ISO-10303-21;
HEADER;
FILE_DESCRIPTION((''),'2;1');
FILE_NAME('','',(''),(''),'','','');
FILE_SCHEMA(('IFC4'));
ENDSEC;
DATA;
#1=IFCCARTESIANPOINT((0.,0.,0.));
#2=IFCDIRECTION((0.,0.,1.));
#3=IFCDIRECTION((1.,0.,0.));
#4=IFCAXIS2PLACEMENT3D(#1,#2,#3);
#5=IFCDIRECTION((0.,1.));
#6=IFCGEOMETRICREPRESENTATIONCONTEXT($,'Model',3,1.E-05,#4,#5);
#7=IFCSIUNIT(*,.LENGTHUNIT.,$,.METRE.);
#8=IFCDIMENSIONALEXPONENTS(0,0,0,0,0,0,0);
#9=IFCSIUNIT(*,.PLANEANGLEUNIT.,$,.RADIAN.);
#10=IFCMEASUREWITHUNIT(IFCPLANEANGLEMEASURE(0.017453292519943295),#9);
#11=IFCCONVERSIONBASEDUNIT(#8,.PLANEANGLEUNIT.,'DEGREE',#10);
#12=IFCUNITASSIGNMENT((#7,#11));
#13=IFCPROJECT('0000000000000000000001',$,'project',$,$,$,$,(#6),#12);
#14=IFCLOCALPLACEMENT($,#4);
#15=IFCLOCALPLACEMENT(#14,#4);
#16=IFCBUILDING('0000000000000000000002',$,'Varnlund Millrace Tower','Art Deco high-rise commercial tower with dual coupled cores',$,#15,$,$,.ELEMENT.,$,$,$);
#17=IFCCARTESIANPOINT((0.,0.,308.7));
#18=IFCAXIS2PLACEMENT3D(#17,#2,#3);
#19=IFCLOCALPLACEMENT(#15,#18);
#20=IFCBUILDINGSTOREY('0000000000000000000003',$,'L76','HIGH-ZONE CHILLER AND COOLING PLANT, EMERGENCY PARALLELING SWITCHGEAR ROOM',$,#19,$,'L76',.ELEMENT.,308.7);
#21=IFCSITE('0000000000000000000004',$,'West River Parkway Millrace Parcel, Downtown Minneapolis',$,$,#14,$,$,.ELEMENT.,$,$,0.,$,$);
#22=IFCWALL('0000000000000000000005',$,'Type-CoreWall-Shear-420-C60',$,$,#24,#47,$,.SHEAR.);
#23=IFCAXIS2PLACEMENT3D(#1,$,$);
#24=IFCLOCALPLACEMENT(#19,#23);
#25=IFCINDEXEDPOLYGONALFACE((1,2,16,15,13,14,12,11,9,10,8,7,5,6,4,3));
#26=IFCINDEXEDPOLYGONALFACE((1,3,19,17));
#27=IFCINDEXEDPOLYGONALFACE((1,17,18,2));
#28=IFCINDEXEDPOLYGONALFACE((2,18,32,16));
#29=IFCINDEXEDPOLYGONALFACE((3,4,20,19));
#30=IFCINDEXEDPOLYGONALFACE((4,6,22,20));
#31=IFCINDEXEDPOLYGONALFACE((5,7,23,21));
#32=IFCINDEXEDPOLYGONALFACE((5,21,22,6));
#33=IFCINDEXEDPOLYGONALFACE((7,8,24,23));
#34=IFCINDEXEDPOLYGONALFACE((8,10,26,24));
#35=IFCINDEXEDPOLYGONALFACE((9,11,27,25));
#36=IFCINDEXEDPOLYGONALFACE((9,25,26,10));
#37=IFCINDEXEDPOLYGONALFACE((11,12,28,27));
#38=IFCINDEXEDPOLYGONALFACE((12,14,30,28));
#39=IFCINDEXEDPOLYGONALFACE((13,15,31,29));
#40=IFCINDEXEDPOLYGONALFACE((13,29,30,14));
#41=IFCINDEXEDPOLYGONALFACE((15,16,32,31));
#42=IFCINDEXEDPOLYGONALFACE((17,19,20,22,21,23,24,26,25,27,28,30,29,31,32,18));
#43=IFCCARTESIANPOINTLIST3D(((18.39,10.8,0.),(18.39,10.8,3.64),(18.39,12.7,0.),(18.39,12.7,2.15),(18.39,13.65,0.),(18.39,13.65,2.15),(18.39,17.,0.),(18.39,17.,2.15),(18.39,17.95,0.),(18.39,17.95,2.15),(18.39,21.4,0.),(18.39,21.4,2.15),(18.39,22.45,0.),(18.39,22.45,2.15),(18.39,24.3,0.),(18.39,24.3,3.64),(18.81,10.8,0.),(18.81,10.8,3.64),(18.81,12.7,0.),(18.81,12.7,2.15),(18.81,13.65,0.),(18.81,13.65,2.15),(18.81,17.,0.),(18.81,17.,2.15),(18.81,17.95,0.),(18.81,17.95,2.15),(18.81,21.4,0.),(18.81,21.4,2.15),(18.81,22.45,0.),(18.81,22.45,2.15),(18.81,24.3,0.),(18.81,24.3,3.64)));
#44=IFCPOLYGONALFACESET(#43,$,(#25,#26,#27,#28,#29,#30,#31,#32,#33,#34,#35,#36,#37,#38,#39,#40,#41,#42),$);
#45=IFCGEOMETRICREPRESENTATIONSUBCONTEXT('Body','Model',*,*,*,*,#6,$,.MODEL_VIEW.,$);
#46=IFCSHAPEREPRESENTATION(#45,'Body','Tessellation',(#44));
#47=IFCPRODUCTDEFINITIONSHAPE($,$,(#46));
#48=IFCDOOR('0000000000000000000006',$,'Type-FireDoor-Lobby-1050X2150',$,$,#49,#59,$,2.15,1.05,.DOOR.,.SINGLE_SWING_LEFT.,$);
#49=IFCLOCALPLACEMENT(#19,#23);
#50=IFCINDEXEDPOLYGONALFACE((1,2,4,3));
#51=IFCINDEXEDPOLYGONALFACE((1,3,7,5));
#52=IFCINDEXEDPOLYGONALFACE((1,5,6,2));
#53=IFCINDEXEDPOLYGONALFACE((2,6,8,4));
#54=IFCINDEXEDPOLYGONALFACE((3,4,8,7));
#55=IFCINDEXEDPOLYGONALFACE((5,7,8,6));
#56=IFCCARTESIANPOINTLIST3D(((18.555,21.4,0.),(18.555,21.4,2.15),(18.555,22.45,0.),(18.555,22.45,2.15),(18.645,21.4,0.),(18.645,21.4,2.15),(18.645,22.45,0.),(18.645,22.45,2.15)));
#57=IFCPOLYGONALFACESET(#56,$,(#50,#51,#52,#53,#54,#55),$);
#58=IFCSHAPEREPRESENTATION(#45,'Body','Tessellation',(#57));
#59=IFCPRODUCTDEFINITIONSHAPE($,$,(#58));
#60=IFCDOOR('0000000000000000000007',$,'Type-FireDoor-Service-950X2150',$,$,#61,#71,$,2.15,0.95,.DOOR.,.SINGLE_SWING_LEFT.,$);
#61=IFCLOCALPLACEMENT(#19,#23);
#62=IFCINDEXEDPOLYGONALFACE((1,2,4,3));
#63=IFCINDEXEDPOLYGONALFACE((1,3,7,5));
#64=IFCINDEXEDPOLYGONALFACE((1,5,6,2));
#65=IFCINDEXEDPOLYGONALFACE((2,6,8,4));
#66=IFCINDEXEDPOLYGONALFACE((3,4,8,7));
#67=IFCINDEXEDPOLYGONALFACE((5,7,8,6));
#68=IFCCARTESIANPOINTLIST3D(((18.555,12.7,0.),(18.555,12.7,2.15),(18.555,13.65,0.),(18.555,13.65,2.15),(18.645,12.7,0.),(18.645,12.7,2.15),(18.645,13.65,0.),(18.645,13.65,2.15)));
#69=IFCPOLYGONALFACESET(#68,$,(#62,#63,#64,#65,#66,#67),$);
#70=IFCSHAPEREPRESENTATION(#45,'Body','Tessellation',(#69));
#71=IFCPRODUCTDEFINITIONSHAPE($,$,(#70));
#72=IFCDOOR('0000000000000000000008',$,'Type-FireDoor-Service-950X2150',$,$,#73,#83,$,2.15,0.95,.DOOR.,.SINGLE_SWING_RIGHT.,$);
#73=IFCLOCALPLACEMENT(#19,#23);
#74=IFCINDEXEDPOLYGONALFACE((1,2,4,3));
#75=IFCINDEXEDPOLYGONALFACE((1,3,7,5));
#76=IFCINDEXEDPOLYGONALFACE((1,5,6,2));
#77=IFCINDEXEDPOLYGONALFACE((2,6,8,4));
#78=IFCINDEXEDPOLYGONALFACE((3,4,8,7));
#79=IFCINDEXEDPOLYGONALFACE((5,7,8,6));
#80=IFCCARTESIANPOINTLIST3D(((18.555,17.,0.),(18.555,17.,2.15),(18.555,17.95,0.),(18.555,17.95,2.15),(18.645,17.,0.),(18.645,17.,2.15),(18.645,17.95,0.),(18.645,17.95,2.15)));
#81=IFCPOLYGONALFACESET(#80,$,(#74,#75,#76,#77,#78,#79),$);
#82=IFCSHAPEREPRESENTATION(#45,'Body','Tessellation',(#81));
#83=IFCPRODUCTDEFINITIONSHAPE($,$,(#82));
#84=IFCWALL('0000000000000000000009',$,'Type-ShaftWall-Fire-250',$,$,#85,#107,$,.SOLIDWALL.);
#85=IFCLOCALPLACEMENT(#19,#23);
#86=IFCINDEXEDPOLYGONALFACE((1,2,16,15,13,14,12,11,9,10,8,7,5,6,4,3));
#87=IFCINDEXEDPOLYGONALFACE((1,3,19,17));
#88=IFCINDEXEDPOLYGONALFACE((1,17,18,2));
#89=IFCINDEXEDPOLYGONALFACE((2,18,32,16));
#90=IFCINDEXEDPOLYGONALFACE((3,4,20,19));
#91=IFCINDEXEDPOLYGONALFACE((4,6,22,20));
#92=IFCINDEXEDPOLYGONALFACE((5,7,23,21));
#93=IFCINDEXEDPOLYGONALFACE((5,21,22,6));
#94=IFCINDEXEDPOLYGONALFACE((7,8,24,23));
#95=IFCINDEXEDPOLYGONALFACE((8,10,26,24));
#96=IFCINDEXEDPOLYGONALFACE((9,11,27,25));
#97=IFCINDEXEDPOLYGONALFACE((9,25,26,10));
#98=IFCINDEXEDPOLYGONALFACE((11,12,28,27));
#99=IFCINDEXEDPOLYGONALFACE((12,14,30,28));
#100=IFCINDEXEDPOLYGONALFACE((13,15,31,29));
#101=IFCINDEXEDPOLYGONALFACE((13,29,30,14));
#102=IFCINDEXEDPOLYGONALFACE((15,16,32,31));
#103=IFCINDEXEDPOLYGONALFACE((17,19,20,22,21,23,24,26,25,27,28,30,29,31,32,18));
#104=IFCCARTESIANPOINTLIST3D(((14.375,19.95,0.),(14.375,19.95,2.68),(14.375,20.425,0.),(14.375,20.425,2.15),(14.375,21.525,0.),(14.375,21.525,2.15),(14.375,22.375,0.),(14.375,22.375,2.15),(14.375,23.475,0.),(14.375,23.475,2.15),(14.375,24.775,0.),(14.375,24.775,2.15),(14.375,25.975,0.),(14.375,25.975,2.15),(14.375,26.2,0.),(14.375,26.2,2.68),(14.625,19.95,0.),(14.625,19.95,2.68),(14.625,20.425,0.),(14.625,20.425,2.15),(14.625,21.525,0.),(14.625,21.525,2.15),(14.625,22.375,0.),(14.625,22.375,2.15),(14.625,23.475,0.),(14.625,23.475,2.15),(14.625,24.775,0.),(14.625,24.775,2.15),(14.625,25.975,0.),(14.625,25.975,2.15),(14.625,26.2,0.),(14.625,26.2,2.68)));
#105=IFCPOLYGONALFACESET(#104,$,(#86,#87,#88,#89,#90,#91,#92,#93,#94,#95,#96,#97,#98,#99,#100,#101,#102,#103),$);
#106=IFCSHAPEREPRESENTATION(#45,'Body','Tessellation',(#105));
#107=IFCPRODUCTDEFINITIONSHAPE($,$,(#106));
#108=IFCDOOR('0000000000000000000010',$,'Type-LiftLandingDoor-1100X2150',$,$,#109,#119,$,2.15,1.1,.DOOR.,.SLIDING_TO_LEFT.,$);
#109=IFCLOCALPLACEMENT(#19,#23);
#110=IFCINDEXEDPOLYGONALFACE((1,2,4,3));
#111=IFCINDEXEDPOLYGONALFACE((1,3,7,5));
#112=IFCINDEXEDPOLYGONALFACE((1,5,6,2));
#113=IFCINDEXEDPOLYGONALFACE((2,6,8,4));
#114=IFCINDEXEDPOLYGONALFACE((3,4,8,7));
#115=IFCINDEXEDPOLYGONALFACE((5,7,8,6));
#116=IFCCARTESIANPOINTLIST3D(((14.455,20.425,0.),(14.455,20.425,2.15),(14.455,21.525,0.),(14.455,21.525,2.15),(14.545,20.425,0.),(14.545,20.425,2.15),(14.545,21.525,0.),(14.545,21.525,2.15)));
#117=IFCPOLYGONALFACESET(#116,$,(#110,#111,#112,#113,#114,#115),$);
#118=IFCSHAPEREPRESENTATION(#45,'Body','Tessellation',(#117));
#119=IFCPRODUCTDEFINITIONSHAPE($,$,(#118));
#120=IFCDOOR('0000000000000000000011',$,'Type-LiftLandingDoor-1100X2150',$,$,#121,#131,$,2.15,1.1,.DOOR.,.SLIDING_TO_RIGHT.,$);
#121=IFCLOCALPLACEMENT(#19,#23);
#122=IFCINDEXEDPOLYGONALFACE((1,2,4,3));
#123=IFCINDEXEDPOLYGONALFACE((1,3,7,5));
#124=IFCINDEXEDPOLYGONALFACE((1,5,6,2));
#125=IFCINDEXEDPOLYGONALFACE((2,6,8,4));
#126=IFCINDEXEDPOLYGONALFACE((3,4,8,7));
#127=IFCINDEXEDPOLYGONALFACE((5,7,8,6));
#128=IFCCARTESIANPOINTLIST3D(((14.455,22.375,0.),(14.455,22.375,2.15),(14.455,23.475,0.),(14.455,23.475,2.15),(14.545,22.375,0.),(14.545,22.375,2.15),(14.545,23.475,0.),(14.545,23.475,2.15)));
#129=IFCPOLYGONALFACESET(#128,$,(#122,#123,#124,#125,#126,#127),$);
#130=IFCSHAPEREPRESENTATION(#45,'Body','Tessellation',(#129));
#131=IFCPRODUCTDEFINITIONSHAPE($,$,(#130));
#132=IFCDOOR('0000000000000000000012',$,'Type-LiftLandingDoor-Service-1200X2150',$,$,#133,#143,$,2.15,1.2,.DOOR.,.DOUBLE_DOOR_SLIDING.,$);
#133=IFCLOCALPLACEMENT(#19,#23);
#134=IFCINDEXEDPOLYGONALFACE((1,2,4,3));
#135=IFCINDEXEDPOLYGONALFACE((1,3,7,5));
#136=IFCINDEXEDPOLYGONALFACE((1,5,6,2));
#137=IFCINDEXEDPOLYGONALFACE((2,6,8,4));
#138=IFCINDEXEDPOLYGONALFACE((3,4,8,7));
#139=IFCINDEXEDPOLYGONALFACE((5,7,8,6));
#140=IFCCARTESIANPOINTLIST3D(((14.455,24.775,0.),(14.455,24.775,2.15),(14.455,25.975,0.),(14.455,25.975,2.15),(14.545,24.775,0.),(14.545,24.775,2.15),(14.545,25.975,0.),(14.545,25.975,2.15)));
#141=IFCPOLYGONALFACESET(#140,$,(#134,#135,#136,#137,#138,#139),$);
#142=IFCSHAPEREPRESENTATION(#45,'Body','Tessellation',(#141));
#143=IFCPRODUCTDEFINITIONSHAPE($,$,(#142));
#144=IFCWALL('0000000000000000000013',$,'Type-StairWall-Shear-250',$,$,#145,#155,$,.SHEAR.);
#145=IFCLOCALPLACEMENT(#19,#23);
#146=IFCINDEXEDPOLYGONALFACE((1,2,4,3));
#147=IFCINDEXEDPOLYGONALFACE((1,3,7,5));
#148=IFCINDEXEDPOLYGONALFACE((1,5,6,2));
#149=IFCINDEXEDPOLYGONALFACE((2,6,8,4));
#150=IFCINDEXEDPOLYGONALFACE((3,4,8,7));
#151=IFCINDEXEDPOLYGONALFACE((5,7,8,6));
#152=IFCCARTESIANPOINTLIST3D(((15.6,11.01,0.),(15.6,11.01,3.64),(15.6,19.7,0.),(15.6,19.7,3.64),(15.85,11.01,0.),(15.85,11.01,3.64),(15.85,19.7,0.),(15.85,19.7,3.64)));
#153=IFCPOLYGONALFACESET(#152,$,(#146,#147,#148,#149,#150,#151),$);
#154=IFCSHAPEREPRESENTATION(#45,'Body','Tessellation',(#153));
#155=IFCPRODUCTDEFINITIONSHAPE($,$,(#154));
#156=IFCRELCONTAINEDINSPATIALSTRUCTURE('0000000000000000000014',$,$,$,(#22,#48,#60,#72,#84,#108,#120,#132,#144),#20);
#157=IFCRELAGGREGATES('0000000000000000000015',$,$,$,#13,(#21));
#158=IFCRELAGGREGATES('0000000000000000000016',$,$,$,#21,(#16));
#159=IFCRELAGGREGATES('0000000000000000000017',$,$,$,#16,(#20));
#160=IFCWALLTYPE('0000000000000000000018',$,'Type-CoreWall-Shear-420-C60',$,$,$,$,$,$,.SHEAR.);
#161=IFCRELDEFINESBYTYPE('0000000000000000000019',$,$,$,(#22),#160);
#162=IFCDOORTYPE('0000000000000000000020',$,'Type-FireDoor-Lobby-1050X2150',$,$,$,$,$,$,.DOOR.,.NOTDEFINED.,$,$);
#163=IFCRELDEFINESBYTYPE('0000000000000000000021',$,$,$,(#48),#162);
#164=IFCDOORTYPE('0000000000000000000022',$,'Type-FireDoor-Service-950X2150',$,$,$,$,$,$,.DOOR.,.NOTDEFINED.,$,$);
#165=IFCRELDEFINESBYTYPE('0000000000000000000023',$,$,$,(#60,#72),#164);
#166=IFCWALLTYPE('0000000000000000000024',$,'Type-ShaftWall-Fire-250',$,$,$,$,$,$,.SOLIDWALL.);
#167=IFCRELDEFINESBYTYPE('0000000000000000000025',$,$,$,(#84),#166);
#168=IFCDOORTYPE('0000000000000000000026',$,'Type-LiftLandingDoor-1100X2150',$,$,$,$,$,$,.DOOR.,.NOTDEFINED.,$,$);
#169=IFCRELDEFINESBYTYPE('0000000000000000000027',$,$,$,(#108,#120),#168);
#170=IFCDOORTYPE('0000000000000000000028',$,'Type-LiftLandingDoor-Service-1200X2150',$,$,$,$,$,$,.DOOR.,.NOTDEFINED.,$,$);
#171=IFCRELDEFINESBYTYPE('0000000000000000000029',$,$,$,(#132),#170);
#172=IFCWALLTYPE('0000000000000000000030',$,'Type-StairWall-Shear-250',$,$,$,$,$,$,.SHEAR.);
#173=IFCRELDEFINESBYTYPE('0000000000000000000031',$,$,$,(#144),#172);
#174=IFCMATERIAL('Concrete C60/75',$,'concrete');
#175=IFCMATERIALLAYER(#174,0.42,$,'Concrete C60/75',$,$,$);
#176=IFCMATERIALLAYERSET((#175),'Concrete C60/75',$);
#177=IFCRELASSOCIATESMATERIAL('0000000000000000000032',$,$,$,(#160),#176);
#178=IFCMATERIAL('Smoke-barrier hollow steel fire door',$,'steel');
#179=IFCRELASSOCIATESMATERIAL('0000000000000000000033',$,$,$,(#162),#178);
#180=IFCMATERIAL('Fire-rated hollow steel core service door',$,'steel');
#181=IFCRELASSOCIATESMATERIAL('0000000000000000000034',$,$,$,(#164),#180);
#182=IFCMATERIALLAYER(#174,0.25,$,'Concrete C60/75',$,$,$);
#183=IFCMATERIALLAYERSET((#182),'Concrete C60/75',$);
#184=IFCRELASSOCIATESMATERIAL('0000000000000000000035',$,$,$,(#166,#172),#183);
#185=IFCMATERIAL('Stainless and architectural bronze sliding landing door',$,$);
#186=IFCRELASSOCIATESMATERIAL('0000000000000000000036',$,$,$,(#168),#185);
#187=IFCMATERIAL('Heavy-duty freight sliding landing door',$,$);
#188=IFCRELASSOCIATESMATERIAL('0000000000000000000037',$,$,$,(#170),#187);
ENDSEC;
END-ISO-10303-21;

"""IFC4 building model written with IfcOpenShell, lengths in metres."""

from ifc_helpers import new_model, entity, si_unit, converted_unit, direction, frame, origin_with_axes, origin_2d_with_axis, place, context, subcontext, project, spatial, polyline, rectangle, outline, extrude, material, layer, layer_set, type_object, element, fill, save


model = new_model("IFC4")

# Units and contexts
model_context = context("Model", 3, precision=1e-05, world=origin_with_axes(), true_north=direction((0.0, 1.0)))
body_context = subcontext(model_context, "Body", "Model", "MODEL_VIEW")
ifc_project = project(units=[si_unit("LENGTHUNIT", "METRE"), converted_unit("PLANEANGLEUNIT", "DEGREE", entity("IfcPlaneAngleMeasure", 0.017453292519943295), si_unit("PLANEANGLEUNIT", "RADIAN"), dimensions=[0, 0, 0, 0, 0, 0, 0])], contexts=[model_context])

# Site, building, storey
site_placement = place(None, origin_with_axes())
site = spatial("IfcSite", under=ifc_project, at=site_placement, Name="West River Parkway Millrace Parcel, Downtown Minneapolis", CompositionType="ELEMENT", RefElevation=0.0)
building_placement = place(site_placement, origin_with_axes())
building = spatial("IfcBuilding", under=site, at=building_placement, Name="Varnlund Millrace Tower", Description="Art Deco high-rise commercial tower with dual coupled cores", CompositionType="ELEMENT")
storey_placement = place(building_placement, frame((0.0, 0.0, 308.7), z_axis=(0.0, 0.0, 1.0), x_axis=(1.0, 0.0, 0.0)))
storey = spatial("IfcBuildingStorey", under=building, at=storey_placement, Name="L76", Description="HIGH-ZONE CHILLER AND COOLING PLANT, EMERGENCY PARALLELING SWITCHGEAR ROOM", LongName="L76", CompositionType="ELEMENT", Elevation=308.7)

# Shared definitions
ifc_material_1 = material(Name="Concrete C60/75", Category="concrete")

# Shared definitions
ifc_layer_1 = layer(ifc_material_1, 0.42, Name="Concrete C60/75")
ifc_layer_set_1 = layer_set([ifc_layer_1], Name="Concrete C60/75")
wall_type_1 = type_object("IfcWallType", Name="Type-CoreWall-Shear-420-C60", PredefinedType="SHEAR", material=ifc_layer_set_1)

# Walls, openings, doors
wall_1_placement = place(storey_placement, frame((18.6, 10.8, 0.0), z_axis=(0.0, 0.0, 1.0), x_axis=(0.0, 1.0, 0.0)))
wall_1 = element("IfcWall", 1, at=wall_1_placement, inside=storey, type_object=wall_type_1, Name="Type-CoreWall-Shear-420-C60", PredefinedType="SHEAR", context=body_context, shape_type="SweptSolid", body=[
    extrude(outline(polyline([(0.0, -0.21), (13.5, -0.21), (13.5, 0.21), (0.0, 0.21), (0.0, -0.21)])), origin_with_axes(), (0.0, 0.0, 1.0), 3.64),
])
opening_1_placement = place(wall_1_placement, frame((11.125, 0.0, 0.0), z_axis=(0.0, 0.0, 1.0), x_axis=(1.0, 0.0, 0.0)))
opening_1 = element("IfcOpeningElement", 2, at=opening_1_placement, cuts=wall_1, PredefinedType="OPENING", context=body_context, shape_type="SweptSolid", body=[
    extrude(rectangle(XDim=1.05, YDim=0.44, at=origin_2d_with_axis()), origin_with_axes(), (0.0, 0.0, 1.0), 2.15),
])
opening_2_placement = place(wall_1_placement, frame((2.375, 0.0, 0.0), z_axis=(0.0, 0.0, 1.0), x_axis=(1.0, 0.0, 0.0)))
opening_2 = element("IfcOpeningElement", 3, at=opening_2_placement, cuts=wall_1, PredefinedType="OPENING", context=body_context, shape_type="SweptSolid", body=[
    extrude(rectangle(XDim=0.95, YDim=0.44, at=origin_2d_with_axis()), origin_with_axes(), (0.0, 0.0, 1.0), 2.15),
])
opening_3_placement = place(wall_1_placement, frame((6.675, 0.0, 0.0), z_axis=(0.0, 0.0, 1.0), x_axis=(1.0, 0.0, 0.0)))
opening_3 = element("IfcOpeningElement", 4, at=opening_3_placement, cuts=wall_1, PredefinedType="OPENING", context=body_context, shape_type="SweptSolid", body=[
    extrude(rectangle(XDim=0.95, YDim=0.44, at=origin_2d_with_axis()), origin_with_axes(), (0.0, 0.0, 1.0), 2.15),
])
ifc_material_2 = material(Name="Smoke-barrier hollow steel fire door", Category="steel")
door_type_1 = type_object("IfcDoorType", Name="Type-FireDoor-Lobby-1050X2150", OperationType="NOTDEFINED", PredefinedType="DOOR", material=ifc_material_2)
door_1_placement = place(wall_1_placement, frame((11.125, 0.0, 0.0), z_axis=(0.0, 0.0, 1.0), x_axis=(1.0, 0.0, 0.0)))
door_1 = element("IfcDoor", 5, at=door_1_placement, inside=storey, type_object=door_type_1, Name="Type-FireDoor-Lobby-1050X2150", OperationType="SINGLE_SWING_LEFT", OverallHeight=2.15, OverallWidth=1.05, PredefinedType="DOOR", context=body_context, shape_type="SweptSolid", body=[
    extrude(rectangle(XDim=1.05, YDim=0.09, at=origin_2d_with_axis()), origin_with_axes(), (0.0, 0.0, 1.0), 2.15),
])
fill(opening_1, door_1)
ifc_material_3 = material(Name="Fire-rated hollow steel core service door", Category="steel")
door_type_2 = type_object("IfcDoorType", Name="Type-FireDoor-Service-950X2150", OperationType="NOTDEFINED", PredefinedType="DOOR", material=ifc_material_3)
door_2_placement = place(wall_1_placement, frame((2.375, 0.0, 0.0), z_axis=(0.0, 0.0, 1.0), x_axis=(1.0, 0.0, 0.0)))
door_2 = element("IfcDoor", 6, at=door_2_placement, inside=storey, type_object=door_type_2, Name="Type-FireDoor-Service-950X2150", OperationType="SINGLE_SWING_LEFT", OverallHeight=2.15, OverallWidth=0.95, PredefinedType="DOOR", context=body_context, shape_type="SweptSolid", body=[
    extrude(rectangle(XDim=0.95, YDim=0.09, at=origin_2d_with_axis()), origin_with_axes(), (0.0, 0.0, 1.0), 2.15),
])
fill(opening_2, door_2)
door_3_placement = place(wall_1_placement, frame((6.675, 0.0, 0.0), z_axis=(0.0, 0.0, 1.0), x_axis=(1.0, 0.0, 0.0)))
door_3 = element("IfcDoor", 7, at=door_3_placement, inside=storey, type_object=door_type_2, Name="Type-FireDoor-Service-950X2150", OperationType="SINGLE_SWING_RIGHT", OverallHeight=2.15, OverallWidth=0.95, PredefinedType="DOOR", context=body_context, shape_type="SweptSolid", body=[
    extrude(rectangle(XDim=0.95, YDim=0.09, at=origin_2d_with_axis()), origin_with_axes(), (0.0, 0.0, 1.0), 2.15),
])
fill(opening_3, door_3)
ifc_layer_2 = layer(ifc_material_1, 0.25, Name="Concrete C60/75")
ifc_layer_set_2 = layer_set([ifc_layer_2], Name="Concrete C60/75")
wall_type_2 = type_object("IfcWallType", Name="Type-ShaftWall-Fire-250", PredefinedType="SOLIDWALL", material=ifc_layer_set_2)
wall_2_placement = place(storey_placement, frame((14.5, 19.95, 0.0), z_axis=(0.0, 0.0, 1.0), x_axis=(0.0, 1.0, 0.0)))
wall_2 = element("IfcWall", 8, at=wall_2_placement, inside=storey, type_object=wall_type_2, Name="Type-ShaftWall-Fire-250", PredefinedType="SOLIDWALL", context=body_context, shape_type="SweptSolid", body=[
    extrude(outline(polyline([(0.0, -0.125), (6.25, -0.125), (6.25, 0.125), (0.0, 0.125), (0.0, -0.125)])), origin_with_axes(), (0.0, 0.0, 1.0), 2.68),
])
opening_4_placement = place(wall_2_placement, frame((1.025, 0.0, 0.0), z_axis=(0.0, 0.0, 1.0), x_axis=(1.0, 0.0, 0.0)))
opening_4 = element("IfcOpeningElement", 9, at=opening_4_placement, cuts=wall_2, PredefinedType="OPENING", context=body_context, shape_type="SweptSolid", body=[
    extrude(rectangle(XDim=1.1, YDim=0.27, at=origin_2d_with_axis()), origin_with_axes(), (0.0, 0.0, 1.0), 2.15),
])
opening_5_placement = place(wall_2_placement, frame((2.975, 0.0, 0.0), z_axis=(0.0, 0.0, 1.0), x_axis=(1.0, 0.0, 0.0)))
opening_5 = element("IfcOpeningElement", 10, at=opening_5_placement, cuts=wall_2, PredefinedType="OPENING", context=body_context, shape_type="SweptSolid", body=[
    extrude(rectangle(XDim=1.1, YDim=0.27, at=origin_2d_with_axis()), origin_with_axes(), (0.0, 0.0, 1.0), 2.15),
])
opening_6_placement = place(wall_2_placement, frame((5.425, 0.0, 0.0), z_axis=(0.0, 0.0, 1.0), x_axis=(1.0, 0.0, 0.0)))
opening_6 = element("IfcOpeningElement", 11, at=opening_6_placement, cuts=wall_2, PredefinedType="OPENING", context=body_context, shape_type="SweptSolid", body=[
    extrude(rectangle(XDim=1.2, YDim=0.27, at=origin_2d_with_axis()), origin_with_axes(), (0.0, 0.0, 1.0), 2.15),
])
ifc_material_4 = material(Name="Stainless and architectural bronze sliding landing door")
door_type_3 = type_object("IfcDoorType", Name="Type-LiftLandingDoor-1100X2150", OperationType="NOTDEFINED", PredefinedType="DOOR", material=ifc_material_4)
door_4_placement = place(wall_2_placement, frame((1.025, 0.0, 0.0), z_axis=(0.0, 0.0, 1.0), x_axis=(1.0, 0.0, 0.0)))
door_4 = element("IfcDoor", 12, at=door_4_placement, inside=storey, type_object=door_type_3, Name="Type-LiftLandingDoor-1100X2150", OperationType="SLIDING_TO_LEFT", OverallHeight=2.15, OverallWidth=1.1, PredefinedType="DOOR", context=body_context, shape_type="SweptSolid", body=[
    extrude(rectangle(XDim=1.1, YDim=0.09, at=origin_2d_with_axis()), origin_with_axes(), (0.0, 0.0, 1.0), 2.15),
])
fill(opening_4, door_4)
door_5_placement = place(wall_2_placement, frame((2.975, 0.0, 0.0), z_axis=(0.0, 0.0, 1.0), x_axis=(1.0, 0.0, 0.0)))
door_5 = element("IfcDoor", 13, at=door_5_placement, inside=storey, type_object=door_type_3, Name="Type-LiftLandingDoor-1100X2150", OperationType="SLIDING_TO_RIGHT", OverallHeight=2.15, OverallWidth=1.1, PredefinedType="DOOR", context=body_context, shape_type="SweptSolid", body=[
    extrude(rectangle(XDim=1.1, YDim=0.09, at=origin_2d_with_axis()), origin_with_axes(), (0.0, 0.0, 1.0), 2.15),
])
fill(opening_5, door_5)
ifc_material_5 = material(Name="Heavy-duty freight sliding landing door")
door_type_4 = type_object("IfcDoorType", Name="Type-LiftLandingDoor-Service-1200X2150", OperationType="NOTDEFINED", PredefinedType="DOOR", material=ifc_material_5)
door_6_placement = place(wall_2_placement, frame((5.425, 0.0, 0.0), z_axis=(0.0, 0.0, 1.0), x_axis=(1.0, 0.0, 0.0)))
door_6 = element("IfcDoor", 14, at=door_6_placement, inside=storey, type_object=door_type_4, Name="Type-LiftLandingDoor-Service-1200X2150", OperationType="DOUBLE_DOOR_SLIDING", OverallHeight=2.15, OverallWidth=1.2, PredefinedType="DOOR", context=body_context, shape_type="SweptSolid", body=[
    extrude(rectangle(XDim=1.2, YDim=0.09, at=origin_2d_with_axis()), origin_with_axes(), (0.0, 0.0, 1.0), 2.15),
])
fill(opening_6, door_6)

# Wall
wall_type_3 = type_object("IfcWallType", Name="Type-StairWall-Shear-250", PredefinedType="SHEAR", material=ifc_layer_set_2)
wall_3_placement = place(storey_placement, frame((15.725, 11.01, 0.0), z_axis=(0.0, 0.0, 1.0), x_axis=(0.0, 1.0, 0.0)))
element("IfcWall", 15, at=wall_3_placement, inside=storey, type_object=wall_type_3, Name="Type-StairWall-Shear-250", PredefinedType="SHEAR", context=body_context, shape_type="SweptSolid", body=[
    extrude(outline(polyline([(0.0, -0.125), (8.69, -0.125), (8.69, 0.125), (0.0, 0.125), (0.0, -0.125)])), origin_with_axes(), (0.0, 0.0, 1.0), 3.64),
])

save(model, "model.ifc")
